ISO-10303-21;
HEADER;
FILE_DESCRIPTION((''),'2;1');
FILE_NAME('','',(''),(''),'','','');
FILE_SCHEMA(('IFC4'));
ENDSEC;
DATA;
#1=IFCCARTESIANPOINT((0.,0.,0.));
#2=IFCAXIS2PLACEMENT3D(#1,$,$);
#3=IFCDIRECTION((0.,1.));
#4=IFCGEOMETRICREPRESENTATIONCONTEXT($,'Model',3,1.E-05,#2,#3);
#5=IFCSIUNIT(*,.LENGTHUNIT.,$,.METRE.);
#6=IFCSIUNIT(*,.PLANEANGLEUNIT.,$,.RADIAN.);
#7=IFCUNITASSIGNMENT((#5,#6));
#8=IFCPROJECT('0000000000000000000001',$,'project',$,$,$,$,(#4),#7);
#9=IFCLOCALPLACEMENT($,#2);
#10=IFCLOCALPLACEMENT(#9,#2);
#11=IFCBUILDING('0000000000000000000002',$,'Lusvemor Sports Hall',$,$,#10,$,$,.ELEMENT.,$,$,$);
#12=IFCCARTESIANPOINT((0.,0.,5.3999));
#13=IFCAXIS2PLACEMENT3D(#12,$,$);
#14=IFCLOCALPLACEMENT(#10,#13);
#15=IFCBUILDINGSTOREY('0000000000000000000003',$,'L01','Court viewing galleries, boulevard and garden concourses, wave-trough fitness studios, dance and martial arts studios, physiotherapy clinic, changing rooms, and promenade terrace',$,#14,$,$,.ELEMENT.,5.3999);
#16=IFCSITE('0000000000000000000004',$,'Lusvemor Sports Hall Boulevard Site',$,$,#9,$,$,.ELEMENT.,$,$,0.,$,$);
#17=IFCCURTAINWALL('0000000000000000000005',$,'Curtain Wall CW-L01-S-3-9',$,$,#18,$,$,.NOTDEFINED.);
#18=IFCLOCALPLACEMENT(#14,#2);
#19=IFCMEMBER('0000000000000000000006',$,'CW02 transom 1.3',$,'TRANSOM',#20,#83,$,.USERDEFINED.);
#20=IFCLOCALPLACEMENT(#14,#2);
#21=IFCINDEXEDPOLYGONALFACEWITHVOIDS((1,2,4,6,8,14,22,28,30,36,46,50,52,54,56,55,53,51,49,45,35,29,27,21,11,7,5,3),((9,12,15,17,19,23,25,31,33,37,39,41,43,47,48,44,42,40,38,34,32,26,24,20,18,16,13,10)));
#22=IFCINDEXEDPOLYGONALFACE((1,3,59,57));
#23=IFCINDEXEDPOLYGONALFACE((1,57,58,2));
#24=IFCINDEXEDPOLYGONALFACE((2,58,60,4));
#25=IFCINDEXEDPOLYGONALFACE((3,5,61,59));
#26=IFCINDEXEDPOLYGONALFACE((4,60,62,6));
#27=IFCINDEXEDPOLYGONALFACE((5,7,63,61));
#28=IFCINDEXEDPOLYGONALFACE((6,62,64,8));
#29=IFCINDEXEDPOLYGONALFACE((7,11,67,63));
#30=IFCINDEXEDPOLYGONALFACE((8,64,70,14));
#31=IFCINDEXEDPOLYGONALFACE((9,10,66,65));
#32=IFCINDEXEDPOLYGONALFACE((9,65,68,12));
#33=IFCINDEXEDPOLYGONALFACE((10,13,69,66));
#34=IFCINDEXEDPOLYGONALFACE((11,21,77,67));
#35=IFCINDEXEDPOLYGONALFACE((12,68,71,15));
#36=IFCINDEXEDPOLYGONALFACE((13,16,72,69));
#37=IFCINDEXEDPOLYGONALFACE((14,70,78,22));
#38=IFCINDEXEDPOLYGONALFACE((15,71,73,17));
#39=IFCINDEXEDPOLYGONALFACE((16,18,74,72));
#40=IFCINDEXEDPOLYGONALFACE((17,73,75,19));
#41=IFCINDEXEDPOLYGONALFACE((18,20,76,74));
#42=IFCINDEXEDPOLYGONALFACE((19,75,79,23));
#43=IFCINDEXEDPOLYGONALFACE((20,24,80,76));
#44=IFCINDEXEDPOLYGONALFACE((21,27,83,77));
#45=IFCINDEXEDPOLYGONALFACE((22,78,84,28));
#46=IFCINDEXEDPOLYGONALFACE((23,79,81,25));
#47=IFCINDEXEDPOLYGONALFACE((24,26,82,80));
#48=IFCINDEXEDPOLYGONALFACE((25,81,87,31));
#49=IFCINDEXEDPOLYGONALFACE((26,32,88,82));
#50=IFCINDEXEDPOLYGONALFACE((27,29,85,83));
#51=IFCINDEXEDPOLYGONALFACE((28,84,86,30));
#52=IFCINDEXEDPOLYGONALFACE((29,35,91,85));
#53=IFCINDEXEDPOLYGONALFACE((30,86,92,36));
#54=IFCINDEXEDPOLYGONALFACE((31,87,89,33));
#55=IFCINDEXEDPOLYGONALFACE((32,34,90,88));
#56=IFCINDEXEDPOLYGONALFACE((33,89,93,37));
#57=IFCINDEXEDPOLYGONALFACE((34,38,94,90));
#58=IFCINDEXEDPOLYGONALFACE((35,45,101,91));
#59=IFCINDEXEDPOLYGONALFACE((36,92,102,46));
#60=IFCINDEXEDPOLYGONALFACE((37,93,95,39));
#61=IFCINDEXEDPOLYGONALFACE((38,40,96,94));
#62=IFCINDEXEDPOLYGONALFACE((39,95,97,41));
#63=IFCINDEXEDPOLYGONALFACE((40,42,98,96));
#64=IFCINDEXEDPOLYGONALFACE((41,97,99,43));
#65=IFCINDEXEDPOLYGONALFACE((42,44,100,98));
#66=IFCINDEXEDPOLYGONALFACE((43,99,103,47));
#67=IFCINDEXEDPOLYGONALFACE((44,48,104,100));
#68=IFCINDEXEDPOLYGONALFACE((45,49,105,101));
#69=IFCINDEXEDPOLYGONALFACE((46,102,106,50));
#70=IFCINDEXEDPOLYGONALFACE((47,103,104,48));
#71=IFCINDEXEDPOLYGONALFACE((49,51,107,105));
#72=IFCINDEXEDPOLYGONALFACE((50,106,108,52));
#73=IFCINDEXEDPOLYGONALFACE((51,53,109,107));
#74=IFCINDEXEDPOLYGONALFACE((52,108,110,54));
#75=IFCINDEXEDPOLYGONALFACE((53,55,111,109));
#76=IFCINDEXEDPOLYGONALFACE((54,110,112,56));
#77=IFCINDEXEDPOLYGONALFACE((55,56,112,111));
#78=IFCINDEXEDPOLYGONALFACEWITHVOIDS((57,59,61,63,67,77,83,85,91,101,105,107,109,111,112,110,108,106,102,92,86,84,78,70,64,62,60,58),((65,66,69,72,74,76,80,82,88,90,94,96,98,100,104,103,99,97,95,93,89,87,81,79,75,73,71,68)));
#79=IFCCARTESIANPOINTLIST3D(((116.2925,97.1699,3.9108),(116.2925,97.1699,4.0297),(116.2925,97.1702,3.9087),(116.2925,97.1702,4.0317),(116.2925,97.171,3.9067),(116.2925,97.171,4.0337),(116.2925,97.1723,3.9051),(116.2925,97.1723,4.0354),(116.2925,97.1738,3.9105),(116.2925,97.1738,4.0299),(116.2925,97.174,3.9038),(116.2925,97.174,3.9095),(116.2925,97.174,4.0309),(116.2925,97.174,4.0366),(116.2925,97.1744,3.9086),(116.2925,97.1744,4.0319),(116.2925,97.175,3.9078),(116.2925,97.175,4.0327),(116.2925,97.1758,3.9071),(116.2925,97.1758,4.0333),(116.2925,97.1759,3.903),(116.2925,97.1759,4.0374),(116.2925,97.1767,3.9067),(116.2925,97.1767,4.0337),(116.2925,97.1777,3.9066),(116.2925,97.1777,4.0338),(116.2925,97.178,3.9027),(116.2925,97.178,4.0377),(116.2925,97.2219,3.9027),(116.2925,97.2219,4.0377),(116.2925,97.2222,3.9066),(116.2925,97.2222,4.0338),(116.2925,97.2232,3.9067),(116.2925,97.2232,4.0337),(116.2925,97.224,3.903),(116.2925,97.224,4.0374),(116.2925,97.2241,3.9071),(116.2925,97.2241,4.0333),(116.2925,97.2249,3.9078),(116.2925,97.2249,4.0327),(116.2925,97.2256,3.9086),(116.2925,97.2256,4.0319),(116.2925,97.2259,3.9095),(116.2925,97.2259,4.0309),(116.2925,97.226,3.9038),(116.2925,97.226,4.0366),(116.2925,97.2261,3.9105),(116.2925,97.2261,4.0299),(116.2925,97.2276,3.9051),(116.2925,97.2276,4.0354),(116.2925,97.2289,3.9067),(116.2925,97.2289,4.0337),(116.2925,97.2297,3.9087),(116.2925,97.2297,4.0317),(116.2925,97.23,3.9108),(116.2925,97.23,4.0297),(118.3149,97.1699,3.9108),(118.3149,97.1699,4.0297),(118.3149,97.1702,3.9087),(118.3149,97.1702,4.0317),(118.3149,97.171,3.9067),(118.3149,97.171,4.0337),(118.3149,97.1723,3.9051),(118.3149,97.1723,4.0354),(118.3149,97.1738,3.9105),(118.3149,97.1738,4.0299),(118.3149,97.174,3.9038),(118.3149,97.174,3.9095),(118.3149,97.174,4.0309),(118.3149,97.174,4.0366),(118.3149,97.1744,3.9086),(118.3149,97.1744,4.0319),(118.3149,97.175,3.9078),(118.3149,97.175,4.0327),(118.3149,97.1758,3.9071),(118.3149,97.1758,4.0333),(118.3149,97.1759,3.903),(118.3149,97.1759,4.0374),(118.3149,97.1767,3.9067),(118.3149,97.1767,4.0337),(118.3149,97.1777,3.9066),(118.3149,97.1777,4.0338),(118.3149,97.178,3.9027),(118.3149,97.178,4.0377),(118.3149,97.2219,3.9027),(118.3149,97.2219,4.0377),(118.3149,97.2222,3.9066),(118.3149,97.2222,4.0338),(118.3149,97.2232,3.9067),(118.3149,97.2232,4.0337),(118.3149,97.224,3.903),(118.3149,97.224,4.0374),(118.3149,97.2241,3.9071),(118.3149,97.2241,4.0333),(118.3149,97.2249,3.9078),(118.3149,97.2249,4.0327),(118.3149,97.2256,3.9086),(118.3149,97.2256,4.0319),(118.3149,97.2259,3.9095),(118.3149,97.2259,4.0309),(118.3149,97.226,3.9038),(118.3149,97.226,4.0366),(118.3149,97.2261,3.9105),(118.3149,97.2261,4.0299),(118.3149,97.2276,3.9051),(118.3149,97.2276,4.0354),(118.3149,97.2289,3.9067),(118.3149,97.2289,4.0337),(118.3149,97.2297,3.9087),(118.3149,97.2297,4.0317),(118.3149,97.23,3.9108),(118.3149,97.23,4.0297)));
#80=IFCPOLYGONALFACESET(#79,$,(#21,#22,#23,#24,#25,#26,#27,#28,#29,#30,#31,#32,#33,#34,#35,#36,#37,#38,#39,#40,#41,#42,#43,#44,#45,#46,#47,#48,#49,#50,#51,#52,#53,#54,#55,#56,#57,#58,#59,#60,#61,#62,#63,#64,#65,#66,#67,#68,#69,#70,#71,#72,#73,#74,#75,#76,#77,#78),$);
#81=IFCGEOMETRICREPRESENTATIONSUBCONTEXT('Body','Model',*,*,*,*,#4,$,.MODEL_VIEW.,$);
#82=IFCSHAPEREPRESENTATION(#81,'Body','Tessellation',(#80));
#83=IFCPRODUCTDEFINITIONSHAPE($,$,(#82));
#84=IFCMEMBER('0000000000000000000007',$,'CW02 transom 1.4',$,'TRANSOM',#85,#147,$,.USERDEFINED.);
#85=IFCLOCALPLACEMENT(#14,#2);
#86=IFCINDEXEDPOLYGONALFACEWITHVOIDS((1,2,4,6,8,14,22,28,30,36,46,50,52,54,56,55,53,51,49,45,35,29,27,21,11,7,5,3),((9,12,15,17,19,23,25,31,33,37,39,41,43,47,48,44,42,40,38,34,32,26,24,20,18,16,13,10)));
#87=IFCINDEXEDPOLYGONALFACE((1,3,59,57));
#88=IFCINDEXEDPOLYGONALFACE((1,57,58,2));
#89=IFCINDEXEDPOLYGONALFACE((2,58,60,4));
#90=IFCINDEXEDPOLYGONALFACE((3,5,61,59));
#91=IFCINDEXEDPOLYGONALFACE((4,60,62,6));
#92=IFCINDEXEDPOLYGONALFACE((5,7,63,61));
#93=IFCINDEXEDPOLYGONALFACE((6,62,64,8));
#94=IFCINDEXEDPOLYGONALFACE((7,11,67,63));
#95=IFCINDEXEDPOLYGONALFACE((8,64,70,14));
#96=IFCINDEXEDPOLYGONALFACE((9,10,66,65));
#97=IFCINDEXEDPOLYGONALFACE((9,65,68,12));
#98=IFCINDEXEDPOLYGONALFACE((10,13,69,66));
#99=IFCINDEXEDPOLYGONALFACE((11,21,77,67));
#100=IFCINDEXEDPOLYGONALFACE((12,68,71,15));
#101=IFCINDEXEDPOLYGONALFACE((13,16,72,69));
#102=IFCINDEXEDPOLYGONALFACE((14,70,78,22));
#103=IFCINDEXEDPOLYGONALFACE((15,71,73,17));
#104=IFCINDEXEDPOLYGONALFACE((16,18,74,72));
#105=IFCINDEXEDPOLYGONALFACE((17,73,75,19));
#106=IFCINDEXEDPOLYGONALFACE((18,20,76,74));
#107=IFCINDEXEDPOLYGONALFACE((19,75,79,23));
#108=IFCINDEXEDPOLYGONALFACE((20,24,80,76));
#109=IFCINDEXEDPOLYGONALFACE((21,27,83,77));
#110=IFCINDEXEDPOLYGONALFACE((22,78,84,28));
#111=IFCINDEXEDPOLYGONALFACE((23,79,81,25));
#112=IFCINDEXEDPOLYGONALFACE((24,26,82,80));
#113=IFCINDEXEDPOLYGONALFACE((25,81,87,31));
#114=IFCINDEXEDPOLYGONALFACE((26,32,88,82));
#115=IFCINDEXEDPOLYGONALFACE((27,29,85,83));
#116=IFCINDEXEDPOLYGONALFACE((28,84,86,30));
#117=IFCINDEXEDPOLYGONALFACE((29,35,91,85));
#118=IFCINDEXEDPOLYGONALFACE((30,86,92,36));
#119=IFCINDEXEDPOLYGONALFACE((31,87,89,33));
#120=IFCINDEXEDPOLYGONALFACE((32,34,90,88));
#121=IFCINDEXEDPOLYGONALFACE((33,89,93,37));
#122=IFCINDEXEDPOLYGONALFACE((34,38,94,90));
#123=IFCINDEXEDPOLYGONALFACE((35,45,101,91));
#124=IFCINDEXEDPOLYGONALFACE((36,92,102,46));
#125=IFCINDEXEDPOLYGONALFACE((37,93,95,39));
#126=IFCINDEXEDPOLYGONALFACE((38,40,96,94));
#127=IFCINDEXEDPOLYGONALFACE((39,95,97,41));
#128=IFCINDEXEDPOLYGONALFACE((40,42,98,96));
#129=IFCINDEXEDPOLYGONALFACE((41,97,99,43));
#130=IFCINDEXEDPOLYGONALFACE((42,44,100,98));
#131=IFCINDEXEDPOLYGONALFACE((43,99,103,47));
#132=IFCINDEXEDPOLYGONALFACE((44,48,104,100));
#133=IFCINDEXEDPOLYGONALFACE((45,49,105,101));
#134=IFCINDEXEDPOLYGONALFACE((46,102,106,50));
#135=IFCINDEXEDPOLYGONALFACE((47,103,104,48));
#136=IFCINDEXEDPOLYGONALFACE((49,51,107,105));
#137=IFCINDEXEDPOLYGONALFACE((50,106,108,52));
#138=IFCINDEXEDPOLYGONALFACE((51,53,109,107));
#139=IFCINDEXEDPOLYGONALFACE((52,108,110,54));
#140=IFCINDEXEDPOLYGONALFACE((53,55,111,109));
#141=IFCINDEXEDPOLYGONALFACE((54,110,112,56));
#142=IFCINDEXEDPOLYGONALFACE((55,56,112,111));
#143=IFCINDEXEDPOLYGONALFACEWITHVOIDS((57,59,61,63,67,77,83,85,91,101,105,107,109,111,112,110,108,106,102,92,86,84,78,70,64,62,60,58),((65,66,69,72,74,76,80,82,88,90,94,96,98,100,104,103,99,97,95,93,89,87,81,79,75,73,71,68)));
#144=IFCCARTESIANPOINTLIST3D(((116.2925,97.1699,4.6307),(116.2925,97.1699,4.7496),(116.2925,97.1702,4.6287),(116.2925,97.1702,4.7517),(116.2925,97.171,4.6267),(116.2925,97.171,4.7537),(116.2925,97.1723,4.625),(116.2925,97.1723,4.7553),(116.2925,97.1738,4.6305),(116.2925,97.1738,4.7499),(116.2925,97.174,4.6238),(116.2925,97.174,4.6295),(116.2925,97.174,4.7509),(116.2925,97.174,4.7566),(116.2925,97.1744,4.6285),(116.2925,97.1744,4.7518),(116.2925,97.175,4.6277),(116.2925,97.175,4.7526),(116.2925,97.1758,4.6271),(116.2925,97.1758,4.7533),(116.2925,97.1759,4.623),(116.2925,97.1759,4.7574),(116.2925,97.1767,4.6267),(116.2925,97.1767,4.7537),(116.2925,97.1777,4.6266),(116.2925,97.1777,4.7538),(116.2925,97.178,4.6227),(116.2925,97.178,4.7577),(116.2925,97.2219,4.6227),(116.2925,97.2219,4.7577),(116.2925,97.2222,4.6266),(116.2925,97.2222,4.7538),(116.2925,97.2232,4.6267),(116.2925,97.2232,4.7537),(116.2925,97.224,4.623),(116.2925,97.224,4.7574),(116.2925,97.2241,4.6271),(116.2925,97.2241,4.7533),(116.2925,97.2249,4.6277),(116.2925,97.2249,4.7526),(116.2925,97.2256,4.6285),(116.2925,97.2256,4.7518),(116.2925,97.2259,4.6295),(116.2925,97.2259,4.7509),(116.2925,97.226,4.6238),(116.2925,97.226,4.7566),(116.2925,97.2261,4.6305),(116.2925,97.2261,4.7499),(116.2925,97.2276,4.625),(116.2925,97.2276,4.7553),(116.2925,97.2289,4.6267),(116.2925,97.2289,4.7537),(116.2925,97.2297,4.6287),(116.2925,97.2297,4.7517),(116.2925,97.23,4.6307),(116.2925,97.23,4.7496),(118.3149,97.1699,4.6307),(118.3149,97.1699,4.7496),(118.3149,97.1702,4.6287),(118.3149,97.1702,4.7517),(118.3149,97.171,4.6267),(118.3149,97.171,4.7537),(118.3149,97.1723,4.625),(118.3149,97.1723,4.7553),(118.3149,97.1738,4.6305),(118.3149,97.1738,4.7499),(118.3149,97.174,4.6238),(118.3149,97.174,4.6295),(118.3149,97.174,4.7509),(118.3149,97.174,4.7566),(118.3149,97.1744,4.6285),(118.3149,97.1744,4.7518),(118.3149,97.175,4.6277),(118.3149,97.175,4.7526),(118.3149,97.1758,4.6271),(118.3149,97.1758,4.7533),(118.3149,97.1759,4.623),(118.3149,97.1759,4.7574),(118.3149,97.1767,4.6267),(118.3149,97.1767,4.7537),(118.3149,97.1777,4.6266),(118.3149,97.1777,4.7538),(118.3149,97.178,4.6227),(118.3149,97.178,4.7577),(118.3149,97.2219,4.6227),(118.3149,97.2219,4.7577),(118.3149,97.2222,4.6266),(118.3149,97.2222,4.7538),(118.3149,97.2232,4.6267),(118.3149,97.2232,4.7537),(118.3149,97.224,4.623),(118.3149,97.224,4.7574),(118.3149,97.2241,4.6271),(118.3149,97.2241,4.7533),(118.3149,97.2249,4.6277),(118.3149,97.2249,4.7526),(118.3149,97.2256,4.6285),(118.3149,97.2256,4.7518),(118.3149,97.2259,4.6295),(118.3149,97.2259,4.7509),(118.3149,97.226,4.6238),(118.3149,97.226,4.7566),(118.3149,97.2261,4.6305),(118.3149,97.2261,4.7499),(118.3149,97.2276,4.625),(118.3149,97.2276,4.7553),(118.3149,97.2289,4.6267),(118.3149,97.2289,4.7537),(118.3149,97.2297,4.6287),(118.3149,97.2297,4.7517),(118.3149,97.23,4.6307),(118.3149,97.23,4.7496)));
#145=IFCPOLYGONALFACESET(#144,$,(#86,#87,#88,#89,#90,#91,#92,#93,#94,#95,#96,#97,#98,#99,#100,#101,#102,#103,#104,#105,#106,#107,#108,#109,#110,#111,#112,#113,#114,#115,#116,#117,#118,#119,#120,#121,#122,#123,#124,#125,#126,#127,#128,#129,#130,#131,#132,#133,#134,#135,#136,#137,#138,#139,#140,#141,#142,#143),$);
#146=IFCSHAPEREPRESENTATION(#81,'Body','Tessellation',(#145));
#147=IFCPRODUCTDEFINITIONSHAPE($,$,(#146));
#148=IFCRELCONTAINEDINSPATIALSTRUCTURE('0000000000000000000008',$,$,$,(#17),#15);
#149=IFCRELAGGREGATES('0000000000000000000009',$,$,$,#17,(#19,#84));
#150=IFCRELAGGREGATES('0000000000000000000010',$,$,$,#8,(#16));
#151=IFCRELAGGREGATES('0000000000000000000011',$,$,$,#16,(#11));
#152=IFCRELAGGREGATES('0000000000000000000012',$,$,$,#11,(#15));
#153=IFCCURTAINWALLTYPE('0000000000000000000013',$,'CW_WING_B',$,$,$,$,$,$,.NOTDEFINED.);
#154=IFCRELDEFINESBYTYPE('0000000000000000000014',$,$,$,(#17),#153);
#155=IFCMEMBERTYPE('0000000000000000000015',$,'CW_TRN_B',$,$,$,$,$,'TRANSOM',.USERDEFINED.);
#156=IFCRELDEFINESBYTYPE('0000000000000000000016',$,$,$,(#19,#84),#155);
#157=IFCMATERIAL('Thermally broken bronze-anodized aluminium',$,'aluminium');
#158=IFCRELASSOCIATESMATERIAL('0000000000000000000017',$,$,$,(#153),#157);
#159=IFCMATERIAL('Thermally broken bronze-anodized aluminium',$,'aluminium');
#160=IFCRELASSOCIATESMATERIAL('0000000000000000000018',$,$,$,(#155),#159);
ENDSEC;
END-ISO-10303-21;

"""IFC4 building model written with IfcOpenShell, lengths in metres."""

from ifc_helpers import new_model, si_unit, direction, frame, origin, origin_2d, place, context, subcontext, project, spatial, hollow_rectangle, extrude, material, material_profile, profile_set, type_object, element, aggregate, save


model = new_model("IFC4")

# Units and contexts
model_context = context("Model", 3, precision=1e-05, world=origin(), true_north=direction((0.0, 1.0)))
body_context = subcontext(model_context, "Body", "Model", "MODEL_VIEW")
ifc_project = project(units=[si_unit("LENGTHUNIT", "METRE"), si_unit("PLANEANGLEUNIT", "RADIAN")], contexts=[model_context])

# Site, building, storey
site_placement = place(None, origin())
site = spatial("IfcSite", under=ifc_project, at=site_placement, Name="Lusvemor Sports Hall Boulevard Site", CompositionType="ELEMENT", RefElevation=0.0)
building_placement = place(site_placement, origin())
building = spatial("IfcBuilding", under=site, at=building_placement, Name="Lusvemor Sports Hall", CompositionType="ELEMENT")
storey_placement = place(building_placement, frame((0.0, 0.0, 5.3999)))
storey = spatial("IfcBuildingStorey", under=building, at=storey_placement, Name="L01", Description="Court viewing galleries, boulevard and garden concourses, wave-trough fitness studios, dance and martial arts studios, physiotherapy clinic, changing rooms, and promenade terrace", CompositionType="ELEMENT", Elevation=5.3999)

# Curtain wall, members
ifc_material_1 = material(Name="Thermally broken bronze-anodized aluminium", Category="aluminium")
curtain_wall_type = type_object("IfcCurtainWallType", Name="CW_WING_B", PredefinedType="NOTDEFINED", material=ifc_material_1)
curtain_wall_placement = place(storey_placement, origin())
curtain_wall = element("IfcCurtainWall", 1, at=curtain_wall_placement, inside=storey, type_object=curtain_wall_type, Name="Curtain Wall CW-L01-S-3-9", PredefinedType="NOTDEFINED")
ifc_material_2 = material(Name="Thermally broken bronze-anodized aluminium", Category="aluminium")
ifc_material_profile_1 = material_profile(ifc_material_2, hollow_rectangle(XDim=0.0601, YDim=0.135, WallThickness=0.0039, InnerFilletRadius=0.0039, OuterFilletRadius=0.0081, at=origin_2d()), Name="CWTRN135x60x4")
ifc_profile_set_1 = profile_set([ifc_material_profile_1], Name="Thermally broken bronze-anodized aluminium")
member_type_1 = type_object("IfcMemberType", Name="CW_TRN_B", ElementType="TRANSOM", PredefinedType="USERDEFINED", material=ifc_profile_set_1)
member_1_placement = place(storey_placement, frame((118.3149, 97.2, 3.9702), z_axis=(-1.0, 0.0, 0.0), x_axis=(0.0, -1.0, 0.0)))
member_1 = element("IfcMember", 2, at=member_1_placement, type_object=member_type_1, Name="CW02 transom 1.3", ObjectType="TRANSOM", PredefinedType="USERDEFINED", context=body_context, shape_type="SweptSolid", body=[
    extrude(hollow_rectangle(XDim=0.0601, YDim=0.135, WallThickness=0.0039, InnerFilletRadius=0.0039, OuterFilletRadius=0.0081, at=origin_2d()), origin(), (0.0, 0.0, 1.0), 2.0225),
])
member_2_placement = place(storey_placement, frame((118.3149, 97.2, 4.6902), z_axis=(-1.0, 0.0, 0.0), x_axis=(0.0, -1.0, 0.0)))
member_2 = element("IfcMember", 3, at=member_2_placement, type_object=member_type_1, Name="CW02 transom 1.4", ObjectType="TRANSOM", PredefinedType="USERDEFINED", context=body_context, shape_type="SweptSolid", body=[
    extrude(hollow_rectangle(XDim=0.0601, YDim=0.135, WallThickness=0.0039, InnerFilletRadius=0.0039, OuterFilletRadius=0.0081, at=origin_2d()), origin(), (0.0, 0.0, 1.0), 2.0225),
])

aggregate(curtain_wall, [member_1, member_2])

save(model, "model.ifc")
